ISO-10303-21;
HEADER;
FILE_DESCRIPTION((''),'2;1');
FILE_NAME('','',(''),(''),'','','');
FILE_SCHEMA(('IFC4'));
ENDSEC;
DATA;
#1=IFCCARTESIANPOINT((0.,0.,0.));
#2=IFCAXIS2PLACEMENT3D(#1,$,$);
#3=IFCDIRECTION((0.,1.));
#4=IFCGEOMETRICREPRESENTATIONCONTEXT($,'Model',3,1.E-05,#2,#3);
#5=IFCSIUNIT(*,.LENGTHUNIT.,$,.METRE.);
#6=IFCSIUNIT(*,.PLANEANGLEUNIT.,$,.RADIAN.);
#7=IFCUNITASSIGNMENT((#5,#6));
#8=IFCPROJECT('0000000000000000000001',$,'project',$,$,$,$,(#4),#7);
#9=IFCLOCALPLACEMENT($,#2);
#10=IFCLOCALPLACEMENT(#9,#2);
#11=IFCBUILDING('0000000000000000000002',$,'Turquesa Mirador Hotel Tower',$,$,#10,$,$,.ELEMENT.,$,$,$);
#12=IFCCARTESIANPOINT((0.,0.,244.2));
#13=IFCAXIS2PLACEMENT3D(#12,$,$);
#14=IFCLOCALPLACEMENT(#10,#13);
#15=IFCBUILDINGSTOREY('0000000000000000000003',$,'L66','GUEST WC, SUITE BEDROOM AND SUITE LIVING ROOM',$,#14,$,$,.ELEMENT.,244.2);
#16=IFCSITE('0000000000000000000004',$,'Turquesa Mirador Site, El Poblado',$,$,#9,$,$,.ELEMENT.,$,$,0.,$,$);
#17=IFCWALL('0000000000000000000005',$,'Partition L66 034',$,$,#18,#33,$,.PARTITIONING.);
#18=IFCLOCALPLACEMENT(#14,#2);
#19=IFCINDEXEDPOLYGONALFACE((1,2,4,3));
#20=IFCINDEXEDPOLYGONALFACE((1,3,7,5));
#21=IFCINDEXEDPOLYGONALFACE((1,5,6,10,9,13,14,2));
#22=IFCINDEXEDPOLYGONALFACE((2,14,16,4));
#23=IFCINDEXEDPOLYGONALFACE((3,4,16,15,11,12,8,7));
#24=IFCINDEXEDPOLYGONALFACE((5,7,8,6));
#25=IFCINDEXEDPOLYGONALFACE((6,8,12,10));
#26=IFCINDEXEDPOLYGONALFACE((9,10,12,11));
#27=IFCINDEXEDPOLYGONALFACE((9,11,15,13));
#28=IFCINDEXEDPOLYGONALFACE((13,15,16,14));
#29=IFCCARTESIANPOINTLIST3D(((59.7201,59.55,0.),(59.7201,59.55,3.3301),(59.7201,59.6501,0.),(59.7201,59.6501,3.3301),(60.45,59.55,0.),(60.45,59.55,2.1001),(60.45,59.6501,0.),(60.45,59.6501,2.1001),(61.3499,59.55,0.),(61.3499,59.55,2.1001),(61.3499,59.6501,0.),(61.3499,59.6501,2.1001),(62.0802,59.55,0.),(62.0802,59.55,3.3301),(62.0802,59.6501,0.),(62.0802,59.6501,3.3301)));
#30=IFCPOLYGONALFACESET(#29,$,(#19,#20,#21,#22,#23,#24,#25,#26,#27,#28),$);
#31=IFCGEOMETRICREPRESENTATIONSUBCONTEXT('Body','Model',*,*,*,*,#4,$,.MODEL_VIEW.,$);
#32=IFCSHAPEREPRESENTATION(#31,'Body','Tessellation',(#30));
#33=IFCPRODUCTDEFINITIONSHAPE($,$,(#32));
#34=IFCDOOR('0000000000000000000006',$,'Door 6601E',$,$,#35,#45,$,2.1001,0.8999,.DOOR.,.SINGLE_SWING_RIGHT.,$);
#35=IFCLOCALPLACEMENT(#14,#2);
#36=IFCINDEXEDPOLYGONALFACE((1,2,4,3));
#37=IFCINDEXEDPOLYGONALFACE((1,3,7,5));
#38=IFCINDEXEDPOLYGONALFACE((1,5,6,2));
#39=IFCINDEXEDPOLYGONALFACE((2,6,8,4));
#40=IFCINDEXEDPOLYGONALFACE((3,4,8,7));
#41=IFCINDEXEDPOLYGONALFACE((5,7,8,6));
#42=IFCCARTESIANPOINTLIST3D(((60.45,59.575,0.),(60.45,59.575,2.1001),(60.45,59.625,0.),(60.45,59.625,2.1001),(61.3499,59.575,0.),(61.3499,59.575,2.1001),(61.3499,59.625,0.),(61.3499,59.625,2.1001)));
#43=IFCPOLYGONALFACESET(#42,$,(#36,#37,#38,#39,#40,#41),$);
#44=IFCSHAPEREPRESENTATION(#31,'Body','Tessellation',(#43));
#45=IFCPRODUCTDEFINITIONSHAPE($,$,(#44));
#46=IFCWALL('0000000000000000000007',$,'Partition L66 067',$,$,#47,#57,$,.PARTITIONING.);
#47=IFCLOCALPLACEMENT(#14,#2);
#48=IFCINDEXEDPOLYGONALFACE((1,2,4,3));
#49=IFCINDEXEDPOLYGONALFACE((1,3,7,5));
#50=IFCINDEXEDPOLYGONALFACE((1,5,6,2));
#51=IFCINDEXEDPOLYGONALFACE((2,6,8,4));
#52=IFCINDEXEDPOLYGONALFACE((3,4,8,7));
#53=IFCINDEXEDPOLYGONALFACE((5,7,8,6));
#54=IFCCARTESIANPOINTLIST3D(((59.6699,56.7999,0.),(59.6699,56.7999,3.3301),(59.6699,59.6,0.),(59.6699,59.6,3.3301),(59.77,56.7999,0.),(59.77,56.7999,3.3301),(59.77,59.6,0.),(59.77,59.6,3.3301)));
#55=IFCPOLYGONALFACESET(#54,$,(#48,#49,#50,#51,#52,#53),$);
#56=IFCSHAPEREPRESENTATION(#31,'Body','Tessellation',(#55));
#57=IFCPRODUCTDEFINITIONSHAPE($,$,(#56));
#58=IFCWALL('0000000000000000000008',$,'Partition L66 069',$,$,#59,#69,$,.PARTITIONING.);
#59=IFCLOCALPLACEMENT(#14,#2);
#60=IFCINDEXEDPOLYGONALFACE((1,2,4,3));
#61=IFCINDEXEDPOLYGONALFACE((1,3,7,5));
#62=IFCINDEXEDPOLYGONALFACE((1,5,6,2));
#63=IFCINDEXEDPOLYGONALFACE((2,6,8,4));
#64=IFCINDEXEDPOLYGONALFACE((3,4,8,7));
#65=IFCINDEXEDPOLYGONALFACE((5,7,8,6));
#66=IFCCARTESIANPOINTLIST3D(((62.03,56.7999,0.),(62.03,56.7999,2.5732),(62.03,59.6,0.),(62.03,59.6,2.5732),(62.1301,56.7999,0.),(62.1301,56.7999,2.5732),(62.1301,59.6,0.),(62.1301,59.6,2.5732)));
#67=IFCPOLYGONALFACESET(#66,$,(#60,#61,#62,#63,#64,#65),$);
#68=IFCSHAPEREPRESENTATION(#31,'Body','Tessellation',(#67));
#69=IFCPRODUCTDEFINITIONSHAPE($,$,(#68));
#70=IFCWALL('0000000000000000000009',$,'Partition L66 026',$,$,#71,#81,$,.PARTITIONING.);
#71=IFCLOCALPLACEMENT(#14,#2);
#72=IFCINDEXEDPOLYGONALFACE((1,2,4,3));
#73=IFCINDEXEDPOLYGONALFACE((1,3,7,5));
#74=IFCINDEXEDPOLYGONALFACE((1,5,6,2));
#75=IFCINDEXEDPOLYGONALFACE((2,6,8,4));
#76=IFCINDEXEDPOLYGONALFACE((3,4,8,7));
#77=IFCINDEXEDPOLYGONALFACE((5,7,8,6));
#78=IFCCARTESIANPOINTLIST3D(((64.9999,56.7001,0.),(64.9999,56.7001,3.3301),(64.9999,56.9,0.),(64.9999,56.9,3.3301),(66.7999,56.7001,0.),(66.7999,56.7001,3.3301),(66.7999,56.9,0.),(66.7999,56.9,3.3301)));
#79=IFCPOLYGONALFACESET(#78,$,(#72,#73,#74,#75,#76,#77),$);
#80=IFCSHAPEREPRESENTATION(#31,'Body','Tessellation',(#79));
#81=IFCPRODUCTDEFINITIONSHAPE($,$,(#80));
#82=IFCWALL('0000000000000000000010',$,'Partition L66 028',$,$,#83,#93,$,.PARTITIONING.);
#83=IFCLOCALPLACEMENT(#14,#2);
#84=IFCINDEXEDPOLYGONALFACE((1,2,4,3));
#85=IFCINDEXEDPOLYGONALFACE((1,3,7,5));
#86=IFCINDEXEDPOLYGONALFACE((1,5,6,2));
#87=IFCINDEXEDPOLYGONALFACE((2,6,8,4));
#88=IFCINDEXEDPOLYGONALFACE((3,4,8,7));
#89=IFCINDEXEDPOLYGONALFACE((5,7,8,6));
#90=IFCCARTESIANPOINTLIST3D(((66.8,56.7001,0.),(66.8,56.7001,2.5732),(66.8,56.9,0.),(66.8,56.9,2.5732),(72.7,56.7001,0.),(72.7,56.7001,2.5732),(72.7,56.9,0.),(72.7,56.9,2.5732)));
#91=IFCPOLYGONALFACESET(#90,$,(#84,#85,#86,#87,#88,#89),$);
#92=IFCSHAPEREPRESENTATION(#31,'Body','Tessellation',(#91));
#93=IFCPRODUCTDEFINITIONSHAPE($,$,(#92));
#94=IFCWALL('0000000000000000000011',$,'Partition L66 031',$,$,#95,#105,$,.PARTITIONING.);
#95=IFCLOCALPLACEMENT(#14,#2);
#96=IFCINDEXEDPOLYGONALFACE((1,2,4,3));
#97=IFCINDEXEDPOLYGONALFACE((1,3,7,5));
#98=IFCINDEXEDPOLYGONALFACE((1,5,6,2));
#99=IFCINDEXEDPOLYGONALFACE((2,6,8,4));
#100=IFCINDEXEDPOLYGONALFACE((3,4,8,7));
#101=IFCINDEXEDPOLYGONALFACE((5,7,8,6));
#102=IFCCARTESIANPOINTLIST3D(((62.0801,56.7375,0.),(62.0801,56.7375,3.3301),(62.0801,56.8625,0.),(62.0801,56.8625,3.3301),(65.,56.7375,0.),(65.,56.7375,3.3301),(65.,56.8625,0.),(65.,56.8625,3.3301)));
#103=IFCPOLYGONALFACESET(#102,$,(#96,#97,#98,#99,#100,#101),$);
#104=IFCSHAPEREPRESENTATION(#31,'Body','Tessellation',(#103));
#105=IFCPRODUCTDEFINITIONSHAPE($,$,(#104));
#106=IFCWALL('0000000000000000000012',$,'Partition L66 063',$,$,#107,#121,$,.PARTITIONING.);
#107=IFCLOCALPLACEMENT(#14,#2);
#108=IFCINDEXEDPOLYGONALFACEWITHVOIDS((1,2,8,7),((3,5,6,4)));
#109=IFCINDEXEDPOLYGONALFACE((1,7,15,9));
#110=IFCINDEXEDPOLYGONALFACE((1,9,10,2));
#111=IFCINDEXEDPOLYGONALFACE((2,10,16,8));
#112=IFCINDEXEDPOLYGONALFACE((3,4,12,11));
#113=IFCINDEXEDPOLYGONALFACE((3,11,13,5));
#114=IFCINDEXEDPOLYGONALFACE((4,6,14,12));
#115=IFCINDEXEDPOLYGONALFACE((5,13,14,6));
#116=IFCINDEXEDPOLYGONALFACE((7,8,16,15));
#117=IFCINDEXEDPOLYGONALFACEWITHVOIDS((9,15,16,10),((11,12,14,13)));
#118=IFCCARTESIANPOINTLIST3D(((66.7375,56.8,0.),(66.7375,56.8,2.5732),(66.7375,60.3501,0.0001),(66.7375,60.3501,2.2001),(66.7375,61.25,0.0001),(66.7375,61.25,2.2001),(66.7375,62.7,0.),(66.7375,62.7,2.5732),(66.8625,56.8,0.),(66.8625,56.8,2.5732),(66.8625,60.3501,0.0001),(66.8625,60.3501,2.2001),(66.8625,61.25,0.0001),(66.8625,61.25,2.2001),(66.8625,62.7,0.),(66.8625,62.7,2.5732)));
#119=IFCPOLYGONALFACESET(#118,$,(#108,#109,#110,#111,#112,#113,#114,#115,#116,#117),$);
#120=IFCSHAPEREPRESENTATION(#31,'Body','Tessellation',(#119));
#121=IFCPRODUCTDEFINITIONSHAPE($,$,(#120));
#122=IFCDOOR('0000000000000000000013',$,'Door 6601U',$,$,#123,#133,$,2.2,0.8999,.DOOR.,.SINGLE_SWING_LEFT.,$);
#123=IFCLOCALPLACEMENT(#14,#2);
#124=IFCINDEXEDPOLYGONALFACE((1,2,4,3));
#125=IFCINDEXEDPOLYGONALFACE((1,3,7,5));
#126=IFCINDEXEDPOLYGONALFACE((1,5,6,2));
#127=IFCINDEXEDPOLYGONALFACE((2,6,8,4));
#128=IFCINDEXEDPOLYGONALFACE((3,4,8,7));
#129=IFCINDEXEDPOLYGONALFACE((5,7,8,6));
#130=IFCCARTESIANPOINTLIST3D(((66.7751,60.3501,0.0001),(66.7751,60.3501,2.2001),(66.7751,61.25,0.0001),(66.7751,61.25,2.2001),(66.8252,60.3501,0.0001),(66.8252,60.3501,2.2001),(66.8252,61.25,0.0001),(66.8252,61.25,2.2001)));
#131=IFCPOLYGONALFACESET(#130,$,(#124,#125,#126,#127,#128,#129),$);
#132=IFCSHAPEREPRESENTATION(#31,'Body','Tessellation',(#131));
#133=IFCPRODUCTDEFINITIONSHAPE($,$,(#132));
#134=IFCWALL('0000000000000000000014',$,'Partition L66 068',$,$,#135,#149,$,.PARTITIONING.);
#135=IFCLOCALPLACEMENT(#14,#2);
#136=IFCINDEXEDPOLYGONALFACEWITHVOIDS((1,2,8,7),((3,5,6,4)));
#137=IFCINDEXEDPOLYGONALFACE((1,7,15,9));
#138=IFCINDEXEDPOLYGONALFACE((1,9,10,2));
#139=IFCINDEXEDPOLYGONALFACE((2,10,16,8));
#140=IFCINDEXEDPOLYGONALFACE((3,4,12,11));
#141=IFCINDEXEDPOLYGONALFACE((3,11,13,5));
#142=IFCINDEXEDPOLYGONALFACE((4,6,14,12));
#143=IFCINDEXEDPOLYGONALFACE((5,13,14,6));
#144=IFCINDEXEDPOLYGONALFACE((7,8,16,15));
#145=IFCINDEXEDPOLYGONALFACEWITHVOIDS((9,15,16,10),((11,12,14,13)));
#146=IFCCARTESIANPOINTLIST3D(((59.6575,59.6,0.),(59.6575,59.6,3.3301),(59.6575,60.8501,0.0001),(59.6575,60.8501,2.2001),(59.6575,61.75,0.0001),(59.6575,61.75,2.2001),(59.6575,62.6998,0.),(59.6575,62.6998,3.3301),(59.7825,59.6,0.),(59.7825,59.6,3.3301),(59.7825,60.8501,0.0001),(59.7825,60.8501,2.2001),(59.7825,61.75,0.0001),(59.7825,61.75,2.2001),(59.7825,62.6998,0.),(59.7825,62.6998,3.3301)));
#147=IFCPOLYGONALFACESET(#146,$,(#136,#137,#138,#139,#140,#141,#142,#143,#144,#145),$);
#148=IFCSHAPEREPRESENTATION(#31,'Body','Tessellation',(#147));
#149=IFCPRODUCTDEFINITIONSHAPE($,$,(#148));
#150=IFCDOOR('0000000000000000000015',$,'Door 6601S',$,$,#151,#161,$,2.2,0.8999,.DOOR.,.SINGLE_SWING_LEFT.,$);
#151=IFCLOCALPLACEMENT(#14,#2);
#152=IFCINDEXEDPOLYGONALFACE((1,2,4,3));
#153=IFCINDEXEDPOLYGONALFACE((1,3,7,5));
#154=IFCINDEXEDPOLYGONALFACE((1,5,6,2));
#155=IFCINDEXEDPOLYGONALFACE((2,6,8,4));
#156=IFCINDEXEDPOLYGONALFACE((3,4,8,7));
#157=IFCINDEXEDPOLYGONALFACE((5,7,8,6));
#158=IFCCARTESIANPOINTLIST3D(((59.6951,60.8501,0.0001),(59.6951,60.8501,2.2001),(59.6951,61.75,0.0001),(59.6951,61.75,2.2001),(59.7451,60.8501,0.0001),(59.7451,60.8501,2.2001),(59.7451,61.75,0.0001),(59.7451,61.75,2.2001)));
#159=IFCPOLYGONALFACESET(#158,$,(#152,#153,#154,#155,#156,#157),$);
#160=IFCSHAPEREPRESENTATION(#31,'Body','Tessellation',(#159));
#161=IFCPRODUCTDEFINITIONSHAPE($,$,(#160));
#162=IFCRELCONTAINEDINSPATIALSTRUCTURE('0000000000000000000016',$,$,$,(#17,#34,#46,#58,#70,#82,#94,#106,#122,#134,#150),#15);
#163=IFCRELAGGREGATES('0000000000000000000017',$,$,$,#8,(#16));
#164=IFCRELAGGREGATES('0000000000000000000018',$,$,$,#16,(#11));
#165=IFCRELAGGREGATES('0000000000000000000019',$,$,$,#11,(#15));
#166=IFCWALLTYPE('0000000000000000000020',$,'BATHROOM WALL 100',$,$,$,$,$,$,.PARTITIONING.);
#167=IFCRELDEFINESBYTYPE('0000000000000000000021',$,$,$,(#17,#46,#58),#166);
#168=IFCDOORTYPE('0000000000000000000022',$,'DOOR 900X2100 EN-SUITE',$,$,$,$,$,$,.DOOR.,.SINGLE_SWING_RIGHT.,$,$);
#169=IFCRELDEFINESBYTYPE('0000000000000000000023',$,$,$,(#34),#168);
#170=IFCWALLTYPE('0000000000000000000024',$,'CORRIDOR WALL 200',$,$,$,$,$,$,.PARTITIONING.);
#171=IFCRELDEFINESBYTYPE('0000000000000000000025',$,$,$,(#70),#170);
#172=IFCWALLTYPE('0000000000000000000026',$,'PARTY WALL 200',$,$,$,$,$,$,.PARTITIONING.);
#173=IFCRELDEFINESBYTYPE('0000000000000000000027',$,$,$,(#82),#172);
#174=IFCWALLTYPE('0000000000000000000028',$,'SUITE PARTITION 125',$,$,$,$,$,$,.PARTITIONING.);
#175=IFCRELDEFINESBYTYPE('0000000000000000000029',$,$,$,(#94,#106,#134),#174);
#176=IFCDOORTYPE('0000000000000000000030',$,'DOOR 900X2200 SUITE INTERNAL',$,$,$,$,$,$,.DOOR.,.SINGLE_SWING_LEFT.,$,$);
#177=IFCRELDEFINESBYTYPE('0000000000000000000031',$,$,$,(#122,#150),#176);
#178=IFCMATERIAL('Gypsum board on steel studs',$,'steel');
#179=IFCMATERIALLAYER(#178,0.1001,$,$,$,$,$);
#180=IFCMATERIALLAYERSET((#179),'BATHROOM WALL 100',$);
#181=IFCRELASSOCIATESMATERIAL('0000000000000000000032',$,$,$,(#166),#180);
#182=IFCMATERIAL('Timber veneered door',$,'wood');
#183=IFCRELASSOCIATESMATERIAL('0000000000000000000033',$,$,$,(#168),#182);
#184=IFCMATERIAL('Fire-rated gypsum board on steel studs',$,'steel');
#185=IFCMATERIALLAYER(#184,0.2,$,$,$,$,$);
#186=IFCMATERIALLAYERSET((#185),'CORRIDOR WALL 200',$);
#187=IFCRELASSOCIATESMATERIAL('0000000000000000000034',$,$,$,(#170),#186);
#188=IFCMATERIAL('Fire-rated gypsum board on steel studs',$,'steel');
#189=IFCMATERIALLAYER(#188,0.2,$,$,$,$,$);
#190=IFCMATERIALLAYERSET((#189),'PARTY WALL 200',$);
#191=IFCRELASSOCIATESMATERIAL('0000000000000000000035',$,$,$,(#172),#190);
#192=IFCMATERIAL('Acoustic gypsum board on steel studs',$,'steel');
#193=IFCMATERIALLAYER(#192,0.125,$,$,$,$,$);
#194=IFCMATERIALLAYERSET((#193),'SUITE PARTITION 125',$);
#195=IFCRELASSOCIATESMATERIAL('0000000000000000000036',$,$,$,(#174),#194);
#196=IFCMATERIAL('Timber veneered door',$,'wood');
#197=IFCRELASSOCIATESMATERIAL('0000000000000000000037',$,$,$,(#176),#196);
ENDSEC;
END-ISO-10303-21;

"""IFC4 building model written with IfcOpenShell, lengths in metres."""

from ifc_helpers import new_model, si_unit, direction, frame, frame_2d, origin, place, context, subcontext, project, spatial, rectangle, extrude, material, layer, layer_set, type_object, element, fill, save


model = new_model("IFC4")

# Units and contexts
model_context = context("Model", 3, precision=1e-05, world=origin(), true_north=direction((0.0, 1.0)))
body_context = subcontext(model_context, "Body", "Model", "MODEL_VIEW")
ifc_project = project(units=[si_unit("LENGTHUNIT", "METRE"), si_unit("PLANEANGLEUNIT", "RADIAN")], contexts=[model_context])

# Site, building, storey
site_placement = place(None, origin())
site = spatial("IfcSite", under=ifc_project, at=site_placement, Name="Turquesa Mirador Site, El Poblado", CompositionType="ELEMENT", RefElevation=0.0)
building_placement = place(site_placement, origin())
building = spatial("IfcBuilding", under=site, at=building_placement, Name="Turquesa Mirador Hotel Tower", CompositionType="ELEMENT")
storey_placement = place(building_placement, frame((0.0, 0.0, 244.2)))
storey = spatial("IfcBuildingStorey", under=building, at=storey_placement, Name="L66", Description="GUEST WC, SUITE BEDROOM AND SUITE LIVING ROOM", CompositionType="ELEMENT", Elevation=244.2)

# Shared definitions
ifc_material_1 = material(Name="Gypsum board on steel studs", Category="steel")
ifc_layer_1 = layer(ifc_material_1, 0.1001)
ifc_layer_set_1 = layer_set([ifc_layer_1], Name="BATHROOM WALL 100")
wall_type_1 = type_object("IfcWallType", Name="BATHROOM WALL 100", PredefinedType="PARTITIONING", material=ifc_layer_set_1)

# Wall, opening, door
wall_1_placement = place(storey_placement, frame((59.72, 59.6001, 0.0), z_axis=(0.0, 0.0, 1.0), x_axis=(1.0, 0.0, 0.0)))
wall_1 = element("IfcWall", 1, at=wall_1_placement, inside=storey, type_object=wall_type_1, Name="Partition L66 034", PredefinedType="PARTITIONING", context=body_context, shape_type="SweptSolid", body=[
    extrude(rectangle(XDim=2.3601, YDim=0.1001, at=frame_2d((1.1802, 0.0))), origin(), (0.0, 0.0, 1.0), 3.3301),
])
opening_1_placement = place(wall_1_placement, frame((0.73, 0.0, 0.0)))
opening_1 = element("IfcOpeningElement", 2, at=opening_1_placement, cuts=wall_1, PredefinedType="OPENING", context=body_context, shape_type="SweptSolid", body=[
    extrude(rectangle(XDim=0.8999, YDim=2.1001, at=frame_2d((0.45, 1.05))), frame((0.0, 0.0601, 0.0), z_axis=(0.0, -1.0, 0.0), x_axis=(1.0, 0.0, 0.0)), (0.0, 0.0, 1.0), 0.1201),
])
ifc_material_2 = material(Name="Timber veneered door", Category="wood")
door_type_1 = type_object("IfcDoorType", Name="DOOR 900X2100 EN-SUITE", OperationType="SINGLE_SWING_RIGHT", PredefinedType="DOOR", material=ifc_material_2)
door_1_placement = place(opening_1_placement, origin())
door_1 = element("IfcDoor", 3, at=door_1_placement, inside=storey, type_object=door_type_1, Name="Door 6601E", OperationType="SINGLE_SWING_RIGHT", OverallHeight=2.1001, OverallWidth=0.8999, PredefinedType="DOOR", context=body_context, shape_type="SweptSolid", body=[
    extrude(rectangle(XDim=0.8999, YDim=2.1001, at=frame_2d((0.45, 1.05))), frame((0.0, 0.0249, 0.0), z_axis=(0.0, -1.0, 0.0), x_axis=(1.0, 0.0, 0.0)), (0.0, 0.0, 1.0), 0.05),
])
fill(opening_1, door_1)

# Walls
wall_2_placement = place(storey_placement, frame((59.72, 56.8, 0.0), z_axis=(0.0, 0.0, 1.0), x_axis=(0.0, 1.0, 0.0)))
element("IfcWall", 4, at=wall_2_placement, inside=storey, type_object=wall_type_1, Name="Partition L66 067", PredefinedType="PARTITIONING", context=body_context, shape_type="SweptSolid", body=[
    extrude(rectangle(XDim=2.8, YDim=0.1001, at=frame_2d((1.3999, 0.0))), origin(), (0.0, 0.0, 1.0), 3.3301),
])
wall_3_placement = place(storey_placement, frame((62.0801, 56.8, 0.0), z_axis=(0.0, 0.0, 1.0), x_axis=(0.0, 1.0, 0.0)))
element("IfcWall", 5, at=wall_3_placement, inside=storey, type_object=wall_type_1, Name="Partition L66 069", PredefinedType="PARTITIONING", context=body_context, shape_type="SweptSolid", body=[
    extrude(rectangle(XDim=2.8, YDim=0.1001, at=frame_2d((1.3999, 0.0))), origin(), (0.0, 0.0, 1.0), 2.5732),
])
ifc_material_3 = material(Name="Fire-rated gypsum board on steel studs", Category="steel")
ifc_layer_2 = layer(ifc_material_3, 0.2)
ifc_layer_set_2 = layer_set([ifc_layer_2], Name="CORRIDOR WALL 200")
wall_type_2 = type_object("IfcWallType", Name="CORRIDOR WALL 200", PredefinedType="PARTITIONING", material=ifc_layer_set_2)
wall_4_placement = place(storey_placement, frame((65.0, 56.8, 0.0), z_axis=(0.0, 0.0, 1.0), x_axis=(1.0, 0.0, 0.0)))
element("IfcWall", 6, at=wall_4_placement, inside=storey, type_object=wall_type_2, Name="Partition L66 026", PredefinedType="PARTITIONING", context=body_context, shape_type="SweptSolid", body=[
    extrude(rectangle(XDim=1.8, YDim=0.2, at=frame_2d((0.8999, 0.0))), origin(), (0.0, 0.0, 1.0), 3.3301),
])
ifc_material_4 = material(Name="Fire-rated gypsum board on steel studs", Category="steel")
ifc_layer_3 = layer(ifc_material_4, 0.2)
ifc_layer_set_3 = layer_set([ifc_layer_3], Name="PARTY WALL 200")
wall_type_3 = type_object("IfcWallType", Name="PARTY WALL 200", PredefinedType="PARTITIONING", material=ifc_layer_set_3)
wall_5_placement = place(storey_placement, frame((66.8, 56.8, 0.0), z_axis=(0.0, 0.0, 1.0), x_axis=(1.0, 0.0, 0.0)))
element("IfcWall", 7, at=wall_5_placement, inside=storey, type_object=wall_type_3, Name="Partition L66 028", PredefinedType="PARTITIONING", context=body_context, shape_type="SweptSolid", body=[
    extrude(rectangle(XDim=5.8999, YDim=0.2, at=frame_2d((2.95, 0.0))), origin(), (0.0, 0.0, 1.0), 2.5732),
])
ifc_material_5 = material(Name="Acoustic gypsum board on steel studs", Category="steel")
ifc_layer_4 = layer(ifc_material_5, 0.125)
ifc_layer_set_4 = layer_set([ifc_layer_4], Name="SUITE PARTITION 125")
wall_type_4 = type_object("IfcWallType", Name="SUITE PARTITION 125", PredefinedType="PARTITIONING", material=ifc_layer_set_4)
wall_6_placement = place(storey_placement, frame((62.0801, 56.8, 0.0), z_axis=(0.0, 0.0, 1.0), x_axis=(1.0, 0.0, 0.0)))
element("IfcWall", 8, at=wall_6_placement, inside=storey, type_object=wall_type_4, Name="Partition L66 031", PredefinedType="PARTITIONING", context=body_context, shape_type="SweptSolid", body=[
    extrude(rectangle(XDim=2.9199, YDim=0.125, at=frame_2d((1.46, 0.0))), origin(), (0.0, 0.0, 1.0), 3.3301),
])

# Walls, openings, doors
wall_7_placement = place(storey_placement, frame((66.8, 56.8, 0.0), z_axis=(0.0, 0.0, 1.0), x_axis=(0.0, 1.0, 0.0)))
wall_7 = element("IfcWall", 9, at=wall_7_placement, inside=storey, type_object=wall_type_4, Name="Partition L66 063", PredefinedType="PARTITIONING", context=body_context, shape_type="SweptSolid", body=[
    extrude(rectangle(XDim=5.8999, YDim=0.125, at=frame_2d((2.95, 0.0))), origin(), (0.0, 0.0, 1.0), 2.5732),
])
opening_2_placement = place(wall_7_placement, frame((3.55, 0.0, 0.0)))
opening_2 = element("IfcOpeningElement", 10, at=opening_2_placement, cuts=wall_7, PredefinedType="OPENING", context=body_context, shape_type="SweptSolid", body=[
    extrude(rectangle(XDim=0.8999, YDim=2.2, at=frame_2d((0.45, 1.1001))), frame((0.0, 0.0725, 0.0), z_axis=(0.0, -1.0, 0.0), x_axis=(1.0, 0.0, 0.0)), (0.0, 0.0, 1.0), 0.145),
])
ifc_material_6 = material(Name="Timber veneered door", Category="wood")
door_type_2 = type_object("IfcDoorType", Name="DOOR 900X2200 SUITE INTERNAL", OperationType="SINGLE_SWING_LEFT", PredefinedType="DOOR", material=ifc_material_6)
door_2_placement = place(opening_2_placement, origin())
door_2 = element("IfcDoor", 11, at=door_2_placement, inside=storey, type_object=door_type_2, Name="Door 6601U", OperationType="SINGLE_SWING_LEFT", OverallHeight=2.2, OverallWidth=0.8999, PredefinedType="DOOR", context=body_context, shape_type="SweptSolid", body=[
    extrude(rectangle(XDim=0.8999, YDim=2.2, at=frame_2d((0.45, 1.1001))), frame((0.0, 0.0249, 0.0), z_axis=(0.0, -1.0, 0.0), x_axis=(1.0, 0.0, 0.0)), (0.0, 0.0, 1.0), 0.05),
])
fill(opening_2, door_2)
wall_8_placement = place(storey_placement, frame((59.72, 59.6001, 0.0), z_axis=(0.0, 0.0, 1.0), x_axis=(0.0, 1.0, 0.0)))
wall_8 = element("IfcWall", 12, at=wall_8_placement, inside=storey, type_object=wall_type_4, Name="Partition L66 068", PredefinedType="PARTITIONING", context=body_context, shape_type="SweptSolid", body=[
    extrude(rectangle(XDim=3.0999, YDim=0.125, at=frame_2d((1.5498, 0.0))), origin(), (0.0, 0.0, 1.0), 3.3301),
])
opening_3_placement = place(wall_8_placement, frame((1.25, 0.0, 0.0)))
opening_3 = element("IfcOpeningElement", 13, at=opening_3_placement, cuts=wall_8, PredefinedType="OPENING", context=body_context, shape_type="SweptSolid", body=[
    extrude(rectangle(XDim=0.8999, YDim=2.2, at=frame_2d((0.45, 1.1001))), frame((0.0, 0.0725, 0.0), z_axis=(0.0, -1.0, 0.0), x_axis=(1.0, 0.0, 0.0)), (0.0, 0.0, 1.0), 0.145),
])
door_3_placement = place(opening_3_placement, origin())
door_3 = element("IfcDoor", 14, at=door_3_placement, inside=storey, type_object=door_type_2, Name="Door 6601S", OperationType="SINGLE_SWING_LEFT", OverallHeight=2.2, OverallWidth=0.8999, PredefinedType="DOOR", context=body_context, shape_type="SweptSolid", body=[
    extrude(rectangle(XDim=0.8999, YDim=2.2, at=frame_2d((0.45, 1.1001))), frame((0.0, 0.0249, 0.0), z_axis=(0.0, -1.0, 0.0), x_axis=(1.0, 0.0, 0.0)), (0.0, 0.0, 1.0), 0.05),
])
fill(opening_3, door_3)

save(model, "model.ifc")
